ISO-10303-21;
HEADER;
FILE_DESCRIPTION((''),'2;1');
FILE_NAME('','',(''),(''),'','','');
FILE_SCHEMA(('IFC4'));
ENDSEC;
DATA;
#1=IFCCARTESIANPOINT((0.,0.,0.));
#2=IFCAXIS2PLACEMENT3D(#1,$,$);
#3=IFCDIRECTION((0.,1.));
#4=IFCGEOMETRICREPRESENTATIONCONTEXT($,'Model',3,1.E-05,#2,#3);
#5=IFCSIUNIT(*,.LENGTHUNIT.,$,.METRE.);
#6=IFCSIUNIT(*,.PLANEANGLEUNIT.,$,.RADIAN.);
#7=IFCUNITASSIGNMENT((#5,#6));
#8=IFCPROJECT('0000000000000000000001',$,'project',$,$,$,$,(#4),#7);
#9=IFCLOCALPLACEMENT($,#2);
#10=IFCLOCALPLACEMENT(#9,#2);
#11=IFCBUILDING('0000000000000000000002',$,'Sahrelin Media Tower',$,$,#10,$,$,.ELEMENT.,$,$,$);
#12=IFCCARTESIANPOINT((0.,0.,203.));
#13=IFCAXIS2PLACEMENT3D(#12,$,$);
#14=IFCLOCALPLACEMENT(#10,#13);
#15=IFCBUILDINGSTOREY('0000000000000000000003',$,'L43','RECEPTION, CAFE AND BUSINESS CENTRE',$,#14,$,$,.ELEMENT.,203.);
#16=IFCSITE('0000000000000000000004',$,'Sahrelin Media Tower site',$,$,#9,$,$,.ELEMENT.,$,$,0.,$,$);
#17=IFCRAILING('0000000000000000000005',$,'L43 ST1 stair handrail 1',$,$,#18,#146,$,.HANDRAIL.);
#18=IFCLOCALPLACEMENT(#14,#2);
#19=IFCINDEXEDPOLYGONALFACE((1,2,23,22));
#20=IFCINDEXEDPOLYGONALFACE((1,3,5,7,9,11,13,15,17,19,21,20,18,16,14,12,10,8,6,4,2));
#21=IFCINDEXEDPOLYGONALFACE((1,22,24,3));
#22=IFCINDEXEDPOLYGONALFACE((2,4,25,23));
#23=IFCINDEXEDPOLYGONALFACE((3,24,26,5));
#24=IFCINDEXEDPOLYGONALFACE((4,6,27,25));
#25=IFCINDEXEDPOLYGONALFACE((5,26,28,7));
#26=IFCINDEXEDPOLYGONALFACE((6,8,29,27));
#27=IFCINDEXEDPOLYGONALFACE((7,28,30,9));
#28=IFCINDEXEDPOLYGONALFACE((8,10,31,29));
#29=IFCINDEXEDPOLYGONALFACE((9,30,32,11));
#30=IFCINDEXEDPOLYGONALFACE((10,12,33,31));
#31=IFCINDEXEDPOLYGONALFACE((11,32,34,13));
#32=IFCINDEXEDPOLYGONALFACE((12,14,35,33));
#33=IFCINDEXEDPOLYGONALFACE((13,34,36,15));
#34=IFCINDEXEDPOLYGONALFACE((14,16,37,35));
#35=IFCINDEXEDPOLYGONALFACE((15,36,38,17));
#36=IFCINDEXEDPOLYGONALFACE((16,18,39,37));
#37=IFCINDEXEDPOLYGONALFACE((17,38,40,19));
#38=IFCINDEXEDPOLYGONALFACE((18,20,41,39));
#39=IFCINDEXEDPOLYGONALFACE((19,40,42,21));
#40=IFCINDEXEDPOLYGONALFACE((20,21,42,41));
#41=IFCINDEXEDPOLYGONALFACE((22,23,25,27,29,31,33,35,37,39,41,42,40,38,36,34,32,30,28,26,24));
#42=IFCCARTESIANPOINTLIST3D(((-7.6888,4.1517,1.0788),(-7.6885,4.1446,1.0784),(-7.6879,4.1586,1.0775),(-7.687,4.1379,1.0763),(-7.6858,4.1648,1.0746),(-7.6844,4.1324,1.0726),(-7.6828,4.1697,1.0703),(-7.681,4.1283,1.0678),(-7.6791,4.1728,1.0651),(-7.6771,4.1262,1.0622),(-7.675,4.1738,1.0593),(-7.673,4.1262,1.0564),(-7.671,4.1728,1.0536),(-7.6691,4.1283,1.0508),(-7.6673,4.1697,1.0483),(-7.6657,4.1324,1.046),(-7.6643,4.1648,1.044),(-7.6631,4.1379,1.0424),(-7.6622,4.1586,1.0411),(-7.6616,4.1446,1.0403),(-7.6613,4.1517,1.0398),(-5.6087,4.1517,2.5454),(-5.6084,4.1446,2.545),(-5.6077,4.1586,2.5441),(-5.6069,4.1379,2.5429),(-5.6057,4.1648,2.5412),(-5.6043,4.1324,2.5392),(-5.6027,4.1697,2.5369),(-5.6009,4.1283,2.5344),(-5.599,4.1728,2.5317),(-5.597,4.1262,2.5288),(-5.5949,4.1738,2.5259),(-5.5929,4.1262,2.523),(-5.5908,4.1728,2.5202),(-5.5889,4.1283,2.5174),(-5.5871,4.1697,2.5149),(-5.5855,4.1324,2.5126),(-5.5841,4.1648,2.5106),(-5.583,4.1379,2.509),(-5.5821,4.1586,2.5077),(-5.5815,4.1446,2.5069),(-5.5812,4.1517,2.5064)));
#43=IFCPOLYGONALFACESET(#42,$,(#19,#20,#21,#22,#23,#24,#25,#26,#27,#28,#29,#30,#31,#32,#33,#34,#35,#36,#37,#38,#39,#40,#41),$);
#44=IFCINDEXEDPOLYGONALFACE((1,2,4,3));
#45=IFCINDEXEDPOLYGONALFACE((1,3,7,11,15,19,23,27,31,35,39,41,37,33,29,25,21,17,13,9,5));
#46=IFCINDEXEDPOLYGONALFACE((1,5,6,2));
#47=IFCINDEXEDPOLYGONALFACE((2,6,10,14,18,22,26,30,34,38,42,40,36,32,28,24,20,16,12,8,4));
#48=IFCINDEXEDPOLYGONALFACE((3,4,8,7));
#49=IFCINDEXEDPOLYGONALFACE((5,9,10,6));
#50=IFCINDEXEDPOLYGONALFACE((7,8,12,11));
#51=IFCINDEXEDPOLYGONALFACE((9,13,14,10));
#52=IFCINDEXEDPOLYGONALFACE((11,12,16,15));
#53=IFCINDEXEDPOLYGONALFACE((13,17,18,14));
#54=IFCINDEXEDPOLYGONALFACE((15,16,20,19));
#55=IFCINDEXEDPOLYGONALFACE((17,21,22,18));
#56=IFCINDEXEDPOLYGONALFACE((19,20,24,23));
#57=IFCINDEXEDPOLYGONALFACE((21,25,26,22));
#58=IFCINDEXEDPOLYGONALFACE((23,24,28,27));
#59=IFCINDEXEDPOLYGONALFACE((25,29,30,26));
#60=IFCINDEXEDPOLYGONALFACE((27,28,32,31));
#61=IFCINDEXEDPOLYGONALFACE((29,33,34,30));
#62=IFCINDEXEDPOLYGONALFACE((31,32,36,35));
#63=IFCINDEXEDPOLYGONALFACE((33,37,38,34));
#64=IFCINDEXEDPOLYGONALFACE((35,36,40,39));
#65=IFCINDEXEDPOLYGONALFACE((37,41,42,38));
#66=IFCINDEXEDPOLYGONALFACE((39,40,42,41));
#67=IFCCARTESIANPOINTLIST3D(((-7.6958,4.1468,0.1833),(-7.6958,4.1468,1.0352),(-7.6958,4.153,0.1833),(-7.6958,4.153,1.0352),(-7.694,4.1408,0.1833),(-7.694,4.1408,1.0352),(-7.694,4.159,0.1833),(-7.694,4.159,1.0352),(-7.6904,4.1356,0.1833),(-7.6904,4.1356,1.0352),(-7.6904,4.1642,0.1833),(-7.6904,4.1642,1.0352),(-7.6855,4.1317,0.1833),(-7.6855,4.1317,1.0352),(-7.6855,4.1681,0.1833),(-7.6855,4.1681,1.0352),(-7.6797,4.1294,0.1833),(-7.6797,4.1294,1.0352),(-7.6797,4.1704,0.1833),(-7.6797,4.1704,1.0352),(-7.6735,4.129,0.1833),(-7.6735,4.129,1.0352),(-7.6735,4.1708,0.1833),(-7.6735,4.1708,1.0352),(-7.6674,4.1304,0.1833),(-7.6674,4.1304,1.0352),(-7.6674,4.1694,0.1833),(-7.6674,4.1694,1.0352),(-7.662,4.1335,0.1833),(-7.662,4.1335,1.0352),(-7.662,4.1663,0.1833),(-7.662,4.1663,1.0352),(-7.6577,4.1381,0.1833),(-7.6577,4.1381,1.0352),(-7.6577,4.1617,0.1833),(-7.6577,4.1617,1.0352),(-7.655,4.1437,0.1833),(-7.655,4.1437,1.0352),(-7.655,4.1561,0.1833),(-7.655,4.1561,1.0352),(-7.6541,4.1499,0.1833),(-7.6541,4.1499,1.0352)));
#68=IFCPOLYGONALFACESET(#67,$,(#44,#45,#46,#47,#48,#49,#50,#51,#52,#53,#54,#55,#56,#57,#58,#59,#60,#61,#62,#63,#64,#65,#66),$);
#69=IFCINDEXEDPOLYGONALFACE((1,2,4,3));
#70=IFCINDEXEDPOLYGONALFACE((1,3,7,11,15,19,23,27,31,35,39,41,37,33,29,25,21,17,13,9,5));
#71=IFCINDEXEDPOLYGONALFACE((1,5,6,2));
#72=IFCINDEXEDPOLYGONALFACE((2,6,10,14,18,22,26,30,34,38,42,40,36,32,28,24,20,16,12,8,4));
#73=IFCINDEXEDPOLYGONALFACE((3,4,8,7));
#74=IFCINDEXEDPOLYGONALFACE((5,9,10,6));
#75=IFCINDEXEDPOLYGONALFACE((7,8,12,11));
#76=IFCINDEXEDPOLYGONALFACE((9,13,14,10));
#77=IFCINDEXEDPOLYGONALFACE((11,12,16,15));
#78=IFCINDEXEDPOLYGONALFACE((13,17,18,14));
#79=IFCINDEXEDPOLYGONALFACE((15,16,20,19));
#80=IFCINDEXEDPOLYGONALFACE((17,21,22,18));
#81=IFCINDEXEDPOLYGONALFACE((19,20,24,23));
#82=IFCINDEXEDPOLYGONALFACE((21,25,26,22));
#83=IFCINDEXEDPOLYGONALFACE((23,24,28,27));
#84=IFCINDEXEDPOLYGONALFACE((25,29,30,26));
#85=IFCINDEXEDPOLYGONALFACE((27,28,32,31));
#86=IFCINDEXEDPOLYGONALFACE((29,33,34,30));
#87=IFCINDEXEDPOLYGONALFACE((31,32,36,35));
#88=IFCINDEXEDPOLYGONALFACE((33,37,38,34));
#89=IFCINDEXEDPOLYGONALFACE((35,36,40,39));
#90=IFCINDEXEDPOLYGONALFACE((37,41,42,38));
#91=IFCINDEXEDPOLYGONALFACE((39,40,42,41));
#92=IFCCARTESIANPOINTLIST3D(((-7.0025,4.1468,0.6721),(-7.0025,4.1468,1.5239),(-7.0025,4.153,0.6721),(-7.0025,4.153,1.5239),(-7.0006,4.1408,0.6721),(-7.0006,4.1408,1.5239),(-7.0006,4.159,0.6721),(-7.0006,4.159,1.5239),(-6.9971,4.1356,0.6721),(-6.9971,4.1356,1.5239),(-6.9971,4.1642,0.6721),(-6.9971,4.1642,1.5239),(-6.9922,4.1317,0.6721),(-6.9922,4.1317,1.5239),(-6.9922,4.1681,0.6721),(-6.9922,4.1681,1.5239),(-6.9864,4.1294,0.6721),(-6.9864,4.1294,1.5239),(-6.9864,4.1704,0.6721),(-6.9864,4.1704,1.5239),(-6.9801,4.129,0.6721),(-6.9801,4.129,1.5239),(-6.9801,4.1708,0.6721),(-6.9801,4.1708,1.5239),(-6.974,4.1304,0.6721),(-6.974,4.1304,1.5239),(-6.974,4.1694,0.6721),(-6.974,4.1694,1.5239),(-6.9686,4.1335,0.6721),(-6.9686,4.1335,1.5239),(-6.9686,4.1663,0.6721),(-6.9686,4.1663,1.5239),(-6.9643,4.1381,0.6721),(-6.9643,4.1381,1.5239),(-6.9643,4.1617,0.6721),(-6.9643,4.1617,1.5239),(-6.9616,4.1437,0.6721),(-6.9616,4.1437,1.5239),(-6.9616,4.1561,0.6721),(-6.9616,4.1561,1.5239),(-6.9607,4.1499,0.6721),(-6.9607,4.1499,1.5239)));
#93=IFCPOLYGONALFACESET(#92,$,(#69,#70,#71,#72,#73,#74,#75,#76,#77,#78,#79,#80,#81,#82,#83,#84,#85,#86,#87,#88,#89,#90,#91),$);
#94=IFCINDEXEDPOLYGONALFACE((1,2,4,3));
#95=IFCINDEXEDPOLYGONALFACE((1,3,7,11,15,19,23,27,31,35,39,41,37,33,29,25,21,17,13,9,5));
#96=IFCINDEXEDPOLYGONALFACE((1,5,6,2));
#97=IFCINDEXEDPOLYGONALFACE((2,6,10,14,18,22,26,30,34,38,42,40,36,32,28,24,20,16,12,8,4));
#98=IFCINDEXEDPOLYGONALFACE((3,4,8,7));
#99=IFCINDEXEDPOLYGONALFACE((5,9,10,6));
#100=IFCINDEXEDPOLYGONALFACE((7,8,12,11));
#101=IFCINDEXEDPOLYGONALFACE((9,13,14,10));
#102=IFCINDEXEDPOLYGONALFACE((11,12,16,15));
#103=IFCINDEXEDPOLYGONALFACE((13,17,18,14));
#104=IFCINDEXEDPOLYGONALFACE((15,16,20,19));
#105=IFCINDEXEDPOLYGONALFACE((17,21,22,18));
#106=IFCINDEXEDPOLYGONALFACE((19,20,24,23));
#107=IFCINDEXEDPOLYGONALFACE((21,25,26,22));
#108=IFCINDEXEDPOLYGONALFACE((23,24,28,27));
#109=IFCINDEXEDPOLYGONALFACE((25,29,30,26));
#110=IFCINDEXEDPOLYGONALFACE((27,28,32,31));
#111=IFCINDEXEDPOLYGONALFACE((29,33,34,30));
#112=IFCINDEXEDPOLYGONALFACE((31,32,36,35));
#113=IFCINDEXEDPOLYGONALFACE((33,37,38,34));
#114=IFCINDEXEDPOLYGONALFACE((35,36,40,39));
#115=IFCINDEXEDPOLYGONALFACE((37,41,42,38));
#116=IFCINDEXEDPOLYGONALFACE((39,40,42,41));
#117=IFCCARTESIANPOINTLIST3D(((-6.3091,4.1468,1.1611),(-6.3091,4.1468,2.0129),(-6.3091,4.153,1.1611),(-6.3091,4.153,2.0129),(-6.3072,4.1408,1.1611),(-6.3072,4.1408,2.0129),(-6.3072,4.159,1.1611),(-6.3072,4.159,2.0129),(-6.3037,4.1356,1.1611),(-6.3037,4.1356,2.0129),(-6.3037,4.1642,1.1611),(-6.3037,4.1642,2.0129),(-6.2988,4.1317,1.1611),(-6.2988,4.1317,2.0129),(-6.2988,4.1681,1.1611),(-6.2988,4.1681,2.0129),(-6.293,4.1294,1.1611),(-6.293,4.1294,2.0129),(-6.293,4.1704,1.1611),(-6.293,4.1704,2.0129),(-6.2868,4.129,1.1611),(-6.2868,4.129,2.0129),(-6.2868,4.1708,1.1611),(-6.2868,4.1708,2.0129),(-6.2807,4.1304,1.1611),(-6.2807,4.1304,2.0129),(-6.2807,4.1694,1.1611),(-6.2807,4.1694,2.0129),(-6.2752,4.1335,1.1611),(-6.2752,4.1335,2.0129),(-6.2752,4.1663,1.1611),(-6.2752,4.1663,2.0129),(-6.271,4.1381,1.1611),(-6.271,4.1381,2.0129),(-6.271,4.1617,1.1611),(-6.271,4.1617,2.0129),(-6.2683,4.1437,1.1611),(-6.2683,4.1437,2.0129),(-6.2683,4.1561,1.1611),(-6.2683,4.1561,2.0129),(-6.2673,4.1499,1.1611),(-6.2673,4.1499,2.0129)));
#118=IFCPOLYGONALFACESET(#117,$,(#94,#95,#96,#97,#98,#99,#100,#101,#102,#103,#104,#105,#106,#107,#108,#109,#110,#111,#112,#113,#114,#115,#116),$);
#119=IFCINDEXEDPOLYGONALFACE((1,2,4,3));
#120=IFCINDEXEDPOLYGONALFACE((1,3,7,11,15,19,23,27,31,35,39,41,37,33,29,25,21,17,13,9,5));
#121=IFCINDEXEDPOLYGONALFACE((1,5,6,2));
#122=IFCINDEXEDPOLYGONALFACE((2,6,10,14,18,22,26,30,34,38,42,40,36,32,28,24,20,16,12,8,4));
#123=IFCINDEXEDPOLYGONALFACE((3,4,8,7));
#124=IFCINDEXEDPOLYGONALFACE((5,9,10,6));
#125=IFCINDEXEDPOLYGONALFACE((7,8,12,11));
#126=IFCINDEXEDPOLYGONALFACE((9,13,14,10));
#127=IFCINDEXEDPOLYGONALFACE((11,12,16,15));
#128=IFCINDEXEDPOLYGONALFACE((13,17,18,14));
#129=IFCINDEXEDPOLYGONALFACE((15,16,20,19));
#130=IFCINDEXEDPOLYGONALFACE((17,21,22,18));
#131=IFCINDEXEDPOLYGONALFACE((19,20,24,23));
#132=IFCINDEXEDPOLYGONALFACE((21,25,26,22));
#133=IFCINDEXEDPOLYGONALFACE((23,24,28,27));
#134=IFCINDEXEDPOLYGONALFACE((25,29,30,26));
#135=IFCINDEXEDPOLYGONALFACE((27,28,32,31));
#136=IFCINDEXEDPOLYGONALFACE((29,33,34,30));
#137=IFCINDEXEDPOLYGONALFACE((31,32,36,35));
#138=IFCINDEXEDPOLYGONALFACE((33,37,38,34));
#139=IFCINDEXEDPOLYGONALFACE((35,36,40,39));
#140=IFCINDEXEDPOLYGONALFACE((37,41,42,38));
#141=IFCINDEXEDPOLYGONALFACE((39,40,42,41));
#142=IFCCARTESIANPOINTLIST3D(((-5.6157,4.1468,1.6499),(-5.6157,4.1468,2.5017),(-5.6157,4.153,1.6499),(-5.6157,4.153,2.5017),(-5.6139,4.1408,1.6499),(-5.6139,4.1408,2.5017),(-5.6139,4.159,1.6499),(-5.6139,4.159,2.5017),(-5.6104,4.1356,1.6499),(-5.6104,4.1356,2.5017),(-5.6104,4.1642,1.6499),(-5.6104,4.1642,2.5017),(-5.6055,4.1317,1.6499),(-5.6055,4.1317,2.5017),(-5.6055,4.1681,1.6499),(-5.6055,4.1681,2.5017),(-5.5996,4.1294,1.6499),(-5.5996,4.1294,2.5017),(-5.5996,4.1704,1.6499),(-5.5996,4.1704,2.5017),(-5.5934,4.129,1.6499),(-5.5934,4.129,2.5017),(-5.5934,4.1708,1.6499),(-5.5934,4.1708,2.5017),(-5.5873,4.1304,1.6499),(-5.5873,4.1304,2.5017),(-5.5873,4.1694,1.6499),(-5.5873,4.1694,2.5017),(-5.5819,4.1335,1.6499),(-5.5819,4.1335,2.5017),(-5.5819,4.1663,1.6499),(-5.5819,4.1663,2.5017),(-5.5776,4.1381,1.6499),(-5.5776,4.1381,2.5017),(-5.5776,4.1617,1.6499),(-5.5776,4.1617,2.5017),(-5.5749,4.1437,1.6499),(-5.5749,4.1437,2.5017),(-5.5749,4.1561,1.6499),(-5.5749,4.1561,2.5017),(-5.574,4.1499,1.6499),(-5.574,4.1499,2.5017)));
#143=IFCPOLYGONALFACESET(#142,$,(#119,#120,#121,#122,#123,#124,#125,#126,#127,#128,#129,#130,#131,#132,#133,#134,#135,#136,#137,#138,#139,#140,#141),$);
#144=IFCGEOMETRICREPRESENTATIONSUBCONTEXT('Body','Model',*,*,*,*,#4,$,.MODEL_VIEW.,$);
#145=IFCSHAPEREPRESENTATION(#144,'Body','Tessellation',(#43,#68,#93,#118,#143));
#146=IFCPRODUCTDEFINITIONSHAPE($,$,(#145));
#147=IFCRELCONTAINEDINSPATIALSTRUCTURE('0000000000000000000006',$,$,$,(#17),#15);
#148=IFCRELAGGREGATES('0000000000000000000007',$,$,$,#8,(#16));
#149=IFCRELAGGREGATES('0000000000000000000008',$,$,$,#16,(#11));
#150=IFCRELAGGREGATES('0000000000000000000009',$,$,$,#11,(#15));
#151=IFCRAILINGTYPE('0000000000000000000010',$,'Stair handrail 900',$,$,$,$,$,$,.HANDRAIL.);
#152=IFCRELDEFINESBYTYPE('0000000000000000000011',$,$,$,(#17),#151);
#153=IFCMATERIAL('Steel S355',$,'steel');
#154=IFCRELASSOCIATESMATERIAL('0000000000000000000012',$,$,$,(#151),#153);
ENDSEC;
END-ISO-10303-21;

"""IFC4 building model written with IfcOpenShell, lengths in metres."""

from ifc_helpers import new_model, si_unit, direction, frame, origin, origin_2d, place, context, subcontext, project, spatial, circle, extrude, material, type_object, element, save


model = new_model("IFC4")

# Units and contexts
model_context = context("Model", 3, precision=1e-05, world=origin(), true_north=direction((0.0, 1.0)))
body_context = subcontext(model_context, "Body", "Model", "MODEL_VIEW")
ifc_project = project(units=[si_unit("LENGTHUNIT", "METRE"), si_unit("PLANEANGLEUNIT", "RADIAN")], contexts=[model_context])

# Site, building, storey
site_placement = place(None, origin())
site = spatial("IfcSite", under=ifc_project, at=site_placement, Name="Sahrelin Media Tower site", CompositionType="ELEMENT", RefElevation=0.0)
building_placement = place(site_placement, origin())
building = spatial("IfcBuilding", under=site, at=building_placement, Name="Sahrelin Media Tower", CompositionType="ELEMENT")
storey_placement = place(building_placement, frame((0.0, 0.0, 203.0)))
storey = spatial("IfcBuildingStorey", under=building, at=storey_placement, Name="L43", Description="RECEPTION, CAFE AND BUSINESS CENTRE", CompositionType="ELEMENT", Elevation=203.0)

# Railing
ifc_material_1 = material(Name="Steel S355", Category="steel")
railing_type_1 = type_object("IfcRailingType", Name="Stair handrail 900", PredefinedType="HANDRAIL", material=ifc_material_1)
railing_1_placement = place(storey_placement, frame((-7.675, 4.1499, 0.1833)))
element("IfcRailing", 1, at=railing_1_placement, inside=storey, type_object=railing_type_1, Name="L43 ST1 stair handrail 1", PredefinedType="HANDRAIL", context=body_context, shape_type="SweptSolid", body=[
    extrude(circle(Radius=0.0239, at=origin_2d()), frame((0.0, 0.0, 0.876), z_axis=(0.817289, 0.0, 0.576227), x_axis=(0.0, 1.0, 0.0)), (0.0, 0.0, 1.0), 2.5452),
    extrude(circle(Radius=0.021, at=origin_2d()), origin(), (0.0, 0.0, 1.0), 0.8518),
    extrude(circle(Radius=0.021, at=origin_2d()), frame((0.6934, 0.0, 0.4888)), (0.0, 0.0, 1.0), 0.8518),
    extrude(circle(Radius=0.021, at=origin_2d()), frame((1.3867, 0.0, 0.9778)), (0.0, 0.0, 1.0), 0.8518),
    extrude(circle(Radius=0.021, at=origin_2d()), frame((2.0801, 0.0, 1.4666)), (0.0, 0.0, 1.0), 0.8518),
])

save(model, "model.ifc")
